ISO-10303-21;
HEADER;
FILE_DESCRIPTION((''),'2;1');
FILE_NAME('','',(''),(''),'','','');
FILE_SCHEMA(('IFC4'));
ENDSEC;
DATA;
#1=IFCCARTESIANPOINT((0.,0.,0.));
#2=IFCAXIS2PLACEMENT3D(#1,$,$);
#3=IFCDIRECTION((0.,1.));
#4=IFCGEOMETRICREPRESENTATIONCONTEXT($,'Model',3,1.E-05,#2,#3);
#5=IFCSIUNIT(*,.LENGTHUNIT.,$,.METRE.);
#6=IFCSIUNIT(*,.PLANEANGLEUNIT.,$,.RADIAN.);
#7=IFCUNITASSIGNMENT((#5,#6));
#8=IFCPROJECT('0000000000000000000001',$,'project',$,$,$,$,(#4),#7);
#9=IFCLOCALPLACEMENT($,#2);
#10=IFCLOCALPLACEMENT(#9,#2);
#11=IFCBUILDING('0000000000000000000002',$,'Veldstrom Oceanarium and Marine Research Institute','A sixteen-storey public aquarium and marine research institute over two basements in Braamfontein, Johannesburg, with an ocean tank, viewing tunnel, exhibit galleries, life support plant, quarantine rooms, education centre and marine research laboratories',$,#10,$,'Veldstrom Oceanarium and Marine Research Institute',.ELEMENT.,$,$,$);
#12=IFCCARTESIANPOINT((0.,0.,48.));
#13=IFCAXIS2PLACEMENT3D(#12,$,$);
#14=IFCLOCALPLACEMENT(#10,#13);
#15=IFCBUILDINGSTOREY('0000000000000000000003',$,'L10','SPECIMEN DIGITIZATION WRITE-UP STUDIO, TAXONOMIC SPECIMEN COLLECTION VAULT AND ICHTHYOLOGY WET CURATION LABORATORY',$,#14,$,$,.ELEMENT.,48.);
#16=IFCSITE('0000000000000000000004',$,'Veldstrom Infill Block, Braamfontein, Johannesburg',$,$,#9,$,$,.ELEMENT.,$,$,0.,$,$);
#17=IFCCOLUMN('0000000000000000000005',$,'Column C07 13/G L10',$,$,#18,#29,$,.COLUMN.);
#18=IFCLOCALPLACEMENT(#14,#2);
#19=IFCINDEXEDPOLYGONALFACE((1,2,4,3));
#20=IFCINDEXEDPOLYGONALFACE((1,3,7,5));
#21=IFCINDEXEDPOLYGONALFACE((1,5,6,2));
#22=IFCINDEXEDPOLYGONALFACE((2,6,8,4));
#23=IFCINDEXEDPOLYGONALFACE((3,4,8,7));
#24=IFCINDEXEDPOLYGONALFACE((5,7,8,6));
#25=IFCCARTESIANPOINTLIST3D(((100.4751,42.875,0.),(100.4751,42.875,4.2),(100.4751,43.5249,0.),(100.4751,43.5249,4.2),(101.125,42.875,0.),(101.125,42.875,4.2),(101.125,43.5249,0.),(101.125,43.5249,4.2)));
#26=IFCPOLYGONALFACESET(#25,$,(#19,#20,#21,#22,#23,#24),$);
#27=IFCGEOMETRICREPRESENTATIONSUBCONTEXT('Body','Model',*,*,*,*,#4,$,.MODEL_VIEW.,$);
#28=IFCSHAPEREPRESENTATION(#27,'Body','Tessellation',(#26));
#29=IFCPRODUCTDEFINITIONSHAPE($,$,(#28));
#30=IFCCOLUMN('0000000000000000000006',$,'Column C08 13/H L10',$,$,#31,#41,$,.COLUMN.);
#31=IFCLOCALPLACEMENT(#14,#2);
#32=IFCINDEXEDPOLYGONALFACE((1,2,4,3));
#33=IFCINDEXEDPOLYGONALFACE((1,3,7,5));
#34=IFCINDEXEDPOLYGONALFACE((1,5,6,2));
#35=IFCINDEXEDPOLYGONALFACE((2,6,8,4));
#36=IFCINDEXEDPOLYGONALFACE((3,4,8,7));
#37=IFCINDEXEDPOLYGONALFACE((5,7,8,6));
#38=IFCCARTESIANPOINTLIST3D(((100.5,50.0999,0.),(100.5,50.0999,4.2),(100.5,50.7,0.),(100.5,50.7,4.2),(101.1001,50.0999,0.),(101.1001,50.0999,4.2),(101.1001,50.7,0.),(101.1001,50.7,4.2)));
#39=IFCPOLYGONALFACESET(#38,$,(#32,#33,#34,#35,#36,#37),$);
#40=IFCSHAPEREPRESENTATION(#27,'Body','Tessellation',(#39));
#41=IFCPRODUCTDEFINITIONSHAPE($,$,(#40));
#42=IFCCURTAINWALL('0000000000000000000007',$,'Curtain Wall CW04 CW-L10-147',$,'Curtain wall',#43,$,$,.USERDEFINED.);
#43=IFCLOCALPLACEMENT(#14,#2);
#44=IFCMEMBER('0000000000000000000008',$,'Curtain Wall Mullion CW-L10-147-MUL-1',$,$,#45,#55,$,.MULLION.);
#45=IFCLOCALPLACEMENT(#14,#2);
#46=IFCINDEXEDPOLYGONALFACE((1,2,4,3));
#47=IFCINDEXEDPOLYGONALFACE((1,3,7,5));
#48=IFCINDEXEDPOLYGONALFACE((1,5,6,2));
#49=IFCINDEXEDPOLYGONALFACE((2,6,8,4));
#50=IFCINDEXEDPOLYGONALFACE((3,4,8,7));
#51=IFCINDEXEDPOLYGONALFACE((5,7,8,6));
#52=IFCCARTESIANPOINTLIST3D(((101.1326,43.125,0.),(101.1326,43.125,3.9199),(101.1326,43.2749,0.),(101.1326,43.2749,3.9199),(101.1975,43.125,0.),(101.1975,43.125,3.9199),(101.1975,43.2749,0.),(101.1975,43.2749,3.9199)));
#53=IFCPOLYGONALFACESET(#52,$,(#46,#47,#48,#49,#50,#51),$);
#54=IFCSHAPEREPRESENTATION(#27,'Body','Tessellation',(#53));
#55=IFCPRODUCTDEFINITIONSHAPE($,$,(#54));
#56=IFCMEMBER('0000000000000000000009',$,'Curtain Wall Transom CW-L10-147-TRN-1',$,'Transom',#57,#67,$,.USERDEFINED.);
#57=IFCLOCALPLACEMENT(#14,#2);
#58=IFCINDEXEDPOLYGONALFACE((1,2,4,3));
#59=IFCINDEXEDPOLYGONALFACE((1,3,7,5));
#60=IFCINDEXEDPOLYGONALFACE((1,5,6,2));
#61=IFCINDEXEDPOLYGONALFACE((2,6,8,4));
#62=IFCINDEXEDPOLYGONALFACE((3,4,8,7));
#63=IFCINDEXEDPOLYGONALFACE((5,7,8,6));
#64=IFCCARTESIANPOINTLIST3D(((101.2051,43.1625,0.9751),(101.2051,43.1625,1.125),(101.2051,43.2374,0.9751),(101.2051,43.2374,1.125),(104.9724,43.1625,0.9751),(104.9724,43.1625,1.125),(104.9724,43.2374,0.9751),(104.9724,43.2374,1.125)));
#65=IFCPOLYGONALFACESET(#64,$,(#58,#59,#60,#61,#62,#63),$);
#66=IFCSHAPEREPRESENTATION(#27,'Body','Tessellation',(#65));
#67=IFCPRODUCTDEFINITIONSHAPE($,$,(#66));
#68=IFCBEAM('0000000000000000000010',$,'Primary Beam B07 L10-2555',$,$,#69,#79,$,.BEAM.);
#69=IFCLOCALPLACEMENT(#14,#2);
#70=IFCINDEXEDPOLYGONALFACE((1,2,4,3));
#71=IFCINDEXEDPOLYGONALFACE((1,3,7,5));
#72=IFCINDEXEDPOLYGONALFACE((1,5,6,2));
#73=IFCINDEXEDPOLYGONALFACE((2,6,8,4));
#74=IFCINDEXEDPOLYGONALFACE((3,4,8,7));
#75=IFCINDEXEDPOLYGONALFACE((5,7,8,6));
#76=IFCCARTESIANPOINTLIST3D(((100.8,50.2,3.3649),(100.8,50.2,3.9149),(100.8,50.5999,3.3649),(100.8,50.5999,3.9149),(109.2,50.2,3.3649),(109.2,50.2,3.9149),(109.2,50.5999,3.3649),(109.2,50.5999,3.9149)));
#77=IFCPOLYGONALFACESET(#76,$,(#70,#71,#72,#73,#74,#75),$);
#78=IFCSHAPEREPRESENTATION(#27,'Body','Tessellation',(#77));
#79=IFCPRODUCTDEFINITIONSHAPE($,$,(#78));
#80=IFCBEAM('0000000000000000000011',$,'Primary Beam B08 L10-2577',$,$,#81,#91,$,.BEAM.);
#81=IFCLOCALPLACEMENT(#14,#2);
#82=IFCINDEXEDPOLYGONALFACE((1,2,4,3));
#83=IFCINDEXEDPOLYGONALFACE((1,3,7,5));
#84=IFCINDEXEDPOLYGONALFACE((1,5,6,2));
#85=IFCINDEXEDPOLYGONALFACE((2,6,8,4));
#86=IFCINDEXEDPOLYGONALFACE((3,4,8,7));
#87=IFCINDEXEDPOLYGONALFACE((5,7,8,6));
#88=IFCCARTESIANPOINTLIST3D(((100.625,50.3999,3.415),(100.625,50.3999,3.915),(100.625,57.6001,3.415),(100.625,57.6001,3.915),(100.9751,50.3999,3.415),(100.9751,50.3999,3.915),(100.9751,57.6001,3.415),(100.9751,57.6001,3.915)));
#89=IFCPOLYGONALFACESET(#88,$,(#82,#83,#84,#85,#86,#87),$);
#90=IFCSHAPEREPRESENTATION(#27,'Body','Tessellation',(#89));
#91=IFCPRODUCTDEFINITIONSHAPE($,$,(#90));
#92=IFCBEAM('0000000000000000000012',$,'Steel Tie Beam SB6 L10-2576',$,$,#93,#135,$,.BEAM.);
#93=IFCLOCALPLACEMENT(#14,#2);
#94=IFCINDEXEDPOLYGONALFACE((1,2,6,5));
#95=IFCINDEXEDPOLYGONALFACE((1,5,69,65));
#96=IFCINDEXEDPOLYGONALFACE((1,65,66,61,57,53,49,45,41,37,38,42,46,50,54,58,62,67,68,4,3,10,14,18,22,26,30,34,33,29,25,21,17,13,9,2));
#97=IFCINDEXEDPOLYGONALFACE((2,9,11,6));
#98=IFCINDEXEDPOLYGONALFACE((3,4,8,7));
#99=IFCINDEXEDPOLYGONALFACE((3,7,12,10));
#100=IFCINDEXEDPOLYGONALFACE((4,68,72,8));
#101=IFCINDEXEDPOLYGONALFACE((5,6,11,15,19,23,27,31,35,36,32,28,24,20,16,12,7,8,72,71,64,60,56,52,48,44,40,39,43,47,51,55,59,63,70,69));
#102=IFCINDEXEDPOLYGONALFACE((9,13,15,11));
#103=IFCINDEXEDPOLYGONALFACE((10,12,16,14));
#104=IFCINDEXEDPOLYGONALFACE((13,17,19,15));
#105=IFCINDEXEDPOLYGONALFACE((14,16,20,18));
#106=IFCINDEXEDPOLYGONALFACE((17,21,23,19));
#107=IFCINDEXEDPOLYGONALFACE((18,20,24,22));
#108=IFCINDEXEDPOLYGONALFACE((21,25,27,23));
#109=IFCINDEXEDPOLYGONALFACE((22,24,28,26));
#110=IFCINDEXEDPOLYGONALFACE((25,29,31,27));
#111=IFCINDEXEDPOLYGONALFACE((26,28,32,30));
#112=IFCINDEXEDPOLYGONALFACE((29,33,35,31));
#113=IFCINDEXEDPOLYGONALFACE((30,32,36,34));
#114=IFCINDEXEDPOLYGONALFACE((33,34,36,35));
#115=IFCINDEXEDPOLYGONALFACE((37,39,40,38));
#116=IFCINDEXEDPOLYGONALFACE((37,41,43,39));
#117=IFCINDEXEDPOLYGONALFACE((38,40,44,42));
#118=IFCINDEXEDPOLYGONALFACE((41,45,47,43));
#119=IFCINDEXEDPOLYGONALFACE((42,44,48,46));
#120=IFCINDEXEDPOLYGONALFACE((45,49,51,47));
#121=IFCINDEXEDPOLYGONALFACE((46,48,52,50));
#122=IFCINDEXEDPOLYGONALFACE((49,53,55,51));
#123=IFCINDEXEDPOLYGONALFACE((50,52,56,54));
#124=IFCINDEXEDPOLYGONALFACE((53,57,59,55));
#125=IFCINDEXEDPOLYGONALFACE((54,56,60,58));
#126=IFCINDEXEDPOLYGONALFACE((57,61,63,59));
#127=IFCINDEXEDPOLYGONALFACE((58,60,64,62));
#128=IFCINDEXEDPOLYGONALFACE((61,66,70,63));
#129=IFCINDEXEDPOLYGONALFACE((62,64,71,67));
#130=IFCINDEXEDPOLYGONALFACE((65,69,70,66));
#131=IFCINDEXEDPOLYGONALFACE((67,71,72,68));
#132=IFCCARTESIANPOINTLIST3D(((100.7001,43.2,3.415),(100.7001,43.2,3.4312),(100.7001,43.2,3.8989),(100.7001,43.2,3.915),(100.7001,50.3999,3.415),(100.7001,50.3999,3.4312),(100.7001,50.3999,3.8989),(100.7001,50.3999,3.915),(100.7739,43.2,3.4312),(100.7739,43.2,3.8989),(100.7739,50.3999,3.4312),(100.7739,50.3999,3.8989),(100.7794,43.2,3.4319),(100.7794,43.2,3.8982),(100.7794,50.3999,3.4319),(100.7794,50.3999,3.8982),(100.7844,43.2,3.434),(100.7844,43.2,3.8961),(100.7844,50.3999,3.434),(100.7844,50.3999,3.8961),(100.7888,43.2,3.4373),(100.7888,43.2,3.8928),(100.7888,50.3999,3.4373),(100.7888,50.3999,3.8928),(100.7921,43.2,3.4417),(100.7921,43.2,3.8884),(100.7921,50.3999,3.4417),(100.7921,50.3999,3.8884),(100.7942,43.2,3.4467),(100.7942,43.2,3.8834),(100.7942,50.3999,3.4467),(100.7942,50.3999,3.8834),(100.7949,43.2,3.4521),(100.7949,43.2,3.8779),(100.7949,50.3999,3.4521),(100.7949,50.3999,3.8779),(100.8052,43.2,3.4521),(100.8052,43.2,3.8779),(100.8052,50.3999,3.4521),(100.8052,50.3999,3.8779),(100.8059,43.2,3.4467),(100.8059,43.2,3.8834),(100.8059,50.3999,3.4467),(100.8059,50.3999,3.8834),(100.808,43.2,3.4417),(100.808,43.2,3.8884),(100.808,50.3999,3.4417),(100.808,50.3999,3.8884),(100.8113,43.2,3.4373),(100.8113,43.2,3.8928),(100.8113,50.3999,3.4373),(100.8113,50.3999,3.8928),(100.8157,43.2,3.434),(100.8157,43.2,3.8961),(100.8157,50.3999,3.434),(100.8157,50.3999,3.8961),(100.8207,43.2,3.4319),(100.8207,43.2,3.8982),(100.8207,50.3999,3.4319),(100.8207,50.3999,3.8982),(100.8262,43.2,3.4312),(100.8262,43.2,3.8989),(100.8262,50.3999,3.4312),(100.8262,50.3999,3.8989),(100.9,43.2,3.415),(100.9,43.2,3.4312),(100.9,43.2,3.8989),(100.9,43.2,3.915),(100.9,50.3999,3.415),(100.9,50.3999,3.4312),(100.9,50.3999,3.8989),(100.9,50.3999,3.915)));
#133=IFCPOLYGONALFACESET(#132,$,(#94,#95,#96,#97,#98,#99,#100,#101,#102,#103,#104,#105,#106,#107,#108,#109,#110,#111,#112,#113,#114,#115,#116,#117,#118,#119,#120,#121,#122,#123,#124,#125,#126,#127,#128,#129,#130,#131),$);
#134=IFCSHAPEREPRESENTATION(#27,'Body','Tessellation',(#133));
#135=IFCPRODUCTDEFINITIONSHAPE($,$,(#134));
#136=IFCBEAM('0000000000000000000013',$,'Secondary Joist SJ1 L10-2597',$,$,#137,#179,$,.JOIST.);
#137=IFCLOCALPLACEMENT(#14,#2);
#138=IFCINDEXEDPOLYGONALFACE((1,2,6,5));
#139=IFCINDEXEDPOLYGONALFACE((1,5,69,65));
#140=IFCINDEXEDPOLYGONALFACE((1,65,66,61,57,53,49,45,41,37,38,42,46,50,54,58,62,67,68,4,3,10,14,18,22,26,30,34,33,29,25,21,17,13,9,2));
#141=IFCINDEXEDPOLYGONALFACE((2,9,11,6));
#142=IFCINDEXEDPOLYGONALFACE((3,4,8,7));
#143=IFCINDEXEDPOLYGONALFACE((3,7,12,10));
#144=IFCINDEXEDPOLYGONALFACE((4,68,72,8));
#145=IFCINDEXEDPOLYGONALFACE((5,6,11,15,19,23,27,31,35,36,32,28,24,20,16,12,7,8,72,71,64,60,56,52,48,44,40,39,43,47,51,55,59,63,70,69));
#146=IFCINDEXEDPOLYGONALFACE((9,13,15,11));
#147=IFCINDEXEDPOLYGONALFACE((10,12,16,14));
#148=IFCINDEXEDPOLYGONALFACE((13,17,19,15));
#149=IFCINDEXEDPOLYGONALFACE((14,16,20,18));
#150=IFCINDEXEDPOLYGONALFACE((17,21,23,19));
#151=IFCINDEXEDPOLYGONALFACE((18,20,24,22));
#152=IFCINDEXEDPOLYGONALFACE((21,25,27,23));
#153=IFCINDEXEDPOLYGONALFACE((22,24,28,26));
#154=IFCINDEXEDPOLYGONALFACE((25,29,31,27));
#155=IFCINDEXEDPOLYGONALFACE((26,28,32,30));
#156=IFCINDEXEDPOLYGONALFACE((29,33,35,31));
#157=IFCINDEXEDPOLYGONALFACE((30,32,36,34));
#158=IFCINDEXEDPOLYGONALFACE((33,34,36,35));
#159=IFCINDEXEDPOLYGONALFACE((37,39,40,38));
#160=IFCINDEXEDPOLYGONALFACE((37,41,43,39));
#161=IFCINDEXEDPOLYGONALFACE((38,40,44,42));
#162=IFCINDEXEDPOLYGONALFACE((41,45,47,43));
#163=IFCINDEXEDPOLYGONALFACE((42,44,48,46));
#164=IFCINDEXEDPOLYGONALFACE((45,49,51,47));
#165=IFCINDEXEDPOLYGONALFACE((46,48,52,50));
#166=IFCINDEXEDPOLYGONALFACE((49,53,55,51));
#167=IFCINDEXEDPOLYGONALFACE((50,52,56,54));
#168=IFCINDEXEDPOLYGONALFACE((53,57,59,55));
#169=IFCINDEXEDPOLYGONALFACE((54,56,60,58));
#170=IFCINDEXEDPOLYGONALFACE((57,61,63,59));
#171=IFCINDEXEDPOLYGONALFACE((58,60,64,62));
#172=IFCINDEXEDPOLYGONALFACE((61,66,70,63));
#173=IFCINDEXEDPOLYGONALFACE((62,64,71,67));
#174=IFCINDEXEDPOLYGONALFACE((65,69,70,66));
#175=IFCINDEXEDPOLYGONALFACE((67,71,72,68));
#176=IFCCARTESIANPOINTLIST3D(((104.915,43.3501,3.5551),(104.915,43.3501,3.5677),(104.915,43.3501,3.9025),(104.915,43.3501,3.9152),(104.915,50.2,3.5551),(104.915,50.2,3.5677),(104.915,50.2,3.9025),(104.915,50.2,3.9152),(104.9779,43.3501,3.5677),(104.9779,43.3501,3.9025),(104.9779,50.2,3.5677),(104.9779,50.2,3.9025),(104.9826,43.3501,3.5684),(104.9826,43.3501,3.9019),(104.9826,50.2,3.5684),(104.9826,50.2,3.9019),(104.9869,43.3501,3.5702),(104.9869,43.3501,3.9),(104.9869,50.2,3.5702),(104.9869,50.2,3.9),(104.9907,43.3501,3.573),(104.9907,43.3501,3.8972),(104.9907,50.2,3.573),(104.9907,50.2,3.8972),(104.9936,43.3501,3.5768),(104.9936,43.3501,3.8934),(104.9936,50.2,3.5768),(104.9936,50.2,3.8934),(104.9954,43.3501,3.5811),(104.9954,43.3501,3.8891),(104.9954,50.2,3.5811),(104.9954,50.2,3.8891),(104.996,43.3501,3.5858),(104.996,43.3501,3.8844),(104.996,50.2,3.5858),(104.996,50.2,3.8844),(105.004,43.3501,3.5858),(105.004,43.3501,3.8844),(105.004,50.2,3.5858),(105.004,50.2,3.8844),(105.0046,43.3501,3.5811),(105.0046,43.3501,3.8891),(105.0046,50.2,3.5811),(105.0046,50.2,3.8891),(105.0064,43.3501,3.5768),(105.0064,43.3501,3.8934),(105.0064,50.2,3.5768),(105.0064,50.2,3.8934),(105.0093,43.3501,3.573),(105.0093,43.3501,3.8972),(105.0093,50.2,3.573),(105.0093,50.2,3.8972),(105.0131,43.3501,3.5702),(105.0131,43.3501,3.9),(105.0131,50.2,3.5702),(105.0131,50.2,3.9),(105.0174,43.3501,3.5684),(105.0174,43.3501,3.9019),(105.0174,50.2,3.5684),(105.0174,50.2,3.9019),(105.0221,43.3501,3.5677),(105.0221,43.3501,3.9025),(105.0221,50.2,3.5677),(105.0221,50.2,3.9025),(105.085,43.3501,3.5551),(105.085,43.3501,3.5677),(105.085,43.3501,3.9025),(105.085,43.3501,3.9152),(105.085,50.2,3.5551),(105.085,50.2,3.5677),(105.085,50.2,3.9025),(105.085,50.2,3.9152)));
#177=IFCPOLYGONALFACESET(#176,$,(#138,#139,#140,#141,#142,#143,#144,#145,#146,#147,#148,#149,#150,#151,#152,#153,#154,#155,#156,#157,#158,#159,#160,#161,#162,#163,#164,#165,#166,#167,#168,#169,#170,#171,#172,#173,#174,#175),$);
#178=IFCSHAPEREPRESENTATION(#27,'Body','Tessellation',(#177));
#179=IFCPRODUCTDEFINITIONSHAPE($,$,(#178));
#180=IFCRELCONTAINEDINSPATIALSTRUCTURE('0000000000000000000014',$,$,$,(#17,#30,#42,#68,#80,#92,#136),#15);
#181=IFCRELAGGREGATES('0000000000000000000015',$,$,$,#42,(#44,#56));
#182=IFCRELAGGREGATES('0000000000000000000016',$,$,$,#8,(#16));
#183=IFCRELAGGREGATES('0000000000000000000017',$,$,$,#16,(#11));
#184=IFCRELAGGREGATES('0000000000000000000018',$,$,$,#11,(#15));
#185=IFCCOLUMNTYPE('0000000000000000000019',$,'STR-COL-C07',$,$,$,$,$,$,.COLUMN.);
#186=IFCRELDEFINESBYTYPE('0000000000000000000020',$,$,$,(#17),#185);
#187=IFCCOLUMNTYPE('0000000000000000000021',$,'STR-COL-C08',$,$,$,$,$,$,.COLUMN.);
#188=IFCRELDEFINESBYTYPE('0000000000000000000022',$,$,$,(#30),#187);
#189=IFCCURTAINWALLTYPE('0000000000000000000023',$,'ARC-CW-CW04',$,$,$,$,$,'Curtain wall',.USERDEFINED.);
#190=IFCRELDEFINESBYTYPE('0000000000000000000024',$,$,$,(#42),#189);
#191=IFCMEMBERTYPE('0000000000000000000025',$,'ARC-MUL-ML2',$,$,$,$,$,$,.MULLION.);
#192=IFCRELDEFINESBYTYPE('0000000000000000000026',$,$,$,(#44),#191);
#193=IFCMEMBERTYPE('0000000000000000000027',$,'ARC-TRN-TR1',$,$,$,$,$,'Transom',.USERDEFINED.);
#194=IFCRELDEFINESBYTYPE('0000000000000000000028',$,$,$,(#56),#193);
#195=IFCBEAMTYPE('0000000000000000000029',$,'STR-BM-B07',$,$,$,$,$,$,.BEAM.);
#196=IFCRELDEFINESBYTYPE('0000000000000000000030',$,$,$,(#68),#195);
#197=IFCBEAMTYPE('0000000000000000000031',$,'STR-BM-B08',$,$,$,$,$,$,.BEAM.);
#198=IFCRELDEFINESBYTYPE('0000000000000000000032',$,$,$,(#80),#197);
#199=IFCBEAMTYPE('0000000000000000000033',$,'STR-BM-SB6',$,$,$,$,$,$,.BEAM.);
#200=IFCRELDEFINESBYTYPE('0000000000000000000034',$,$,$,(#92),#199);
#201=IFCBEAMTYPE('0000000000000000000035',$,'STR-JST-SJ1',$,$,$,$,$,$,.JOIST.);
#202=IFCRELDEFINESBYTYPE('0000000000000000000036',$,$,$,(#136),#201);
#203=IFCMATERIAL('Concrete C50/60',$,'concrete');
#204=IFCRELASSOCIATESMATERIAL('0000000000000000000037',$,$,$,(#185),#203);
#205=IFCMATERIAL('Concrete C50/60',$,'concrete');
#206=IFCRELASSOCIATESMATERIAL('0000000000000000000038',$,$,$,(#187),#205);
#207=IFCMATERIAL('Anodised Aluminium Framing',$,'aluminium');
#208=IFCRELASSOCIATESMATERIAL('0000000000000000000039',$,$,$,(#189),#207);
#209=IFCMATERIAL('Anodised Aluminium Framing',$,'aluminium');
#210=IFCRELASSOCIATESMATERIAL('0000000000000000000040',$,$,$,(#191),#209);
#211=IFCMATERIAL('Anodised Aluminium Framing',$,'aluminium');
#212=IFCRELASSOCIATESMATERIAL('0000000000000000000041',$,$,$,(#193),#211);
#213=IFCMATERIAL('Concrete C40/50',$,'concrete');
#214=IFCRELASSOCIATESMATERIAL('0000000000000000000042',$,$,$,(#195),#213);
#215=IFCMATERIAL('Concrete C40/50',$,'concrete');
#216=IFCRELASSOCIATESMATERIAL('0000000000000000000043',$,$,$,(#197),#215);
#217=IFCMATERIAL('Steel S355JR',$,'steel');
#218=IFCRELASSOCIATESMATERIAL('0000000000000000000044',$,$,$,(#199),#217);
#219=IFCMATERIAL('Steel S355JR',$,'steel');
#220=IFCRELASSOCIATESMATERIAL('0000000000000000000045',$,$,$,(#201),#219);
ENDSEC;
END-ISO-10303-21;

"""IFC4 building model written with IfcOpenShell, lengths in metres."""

from ifc_helpers import new_model, si_unit, direction, frame, origin, origin_2d, place, context, subcontext, project, spatial, rectangle, i_section, extrude, material, material_profile, profile_set, type_object, element, aggregate, save


model = new_model("IFC4")

# Units and contexts
model_context = context("Model", 3, precision=1e-05, world=origin(), true_north=direction((0.0, 1.0)))
body_context = subcontext(model_context, "Body", "Model", "MODEL_VIEW")
ifc_project = project(units=[si_unit("LENGTHUNIT", "METRE"), si_unit("PLANEANGLEUNIT", "RADIAN")], contexts=[model_context])

# Site, building, storey
site_placement = place(None, origin())
site = spatial("IfcSite", under=ifc_project, at=site_placement, Name="Veldstrom Infill Block, Braamfontein, Johannesburg", CompositionType="ELEMENT", RefElevation=0.0)
building_placement = place(site_placement, origin())
building = spatial("IfcBuilding", under=site, at=building_placement, Name="Veldstrom Oceanarium and Marine Research Institute", Description="A sixteen-storey public aquarium and marine research institute over two basements in Braamfontein, Johannesburg, with an ocean tank, viewing tunnel, exhibit galleries, life support plant, quarantine rooms, education centre and marine research laboratories", LongName="Veldstrom Oceanarium and Marine Research Institute", CompositionType="ELEMENT")
storey_placement = place(building_placement, frame((0.0, 0.0, 48.0)))
storey = spatial("IfcBuildingStorey", under=building, at=storey_placement, Name="L10", Description="SPECIMEN DIGITIZATION WRITE-UP STUDIO, TAXONOMIC SPECIMEN COLLECTION VAULT AND ICHTHYOLOGY WET CURATION LABORATORY", CompositionType="ELEMENT", Elevation=48.0)

# Columns
ifc_material_1 = material(Name="Concrete C50/60", Category="concrete")
ifc_material_profile_1 = material_profile(ifc_material_1, rectangle(XDim=0.6499, YDim=0.6499, at=origin_2d()), Name="RC-COL-650x650")
ifc_profile_set_1 = profile_set([ifc_material_profile_1], Name="Concrete C50/60")
column_type_1 = type_object("IfcColumnType", Name="STR-COL-C07", PredefinedType="COLUMN", material=ifc_profile_set_1)
column_1_placement = place(storey_placement, frame((100.8, 43.2, 0.0), z_axis=(0.0, 0.0, 1.0), x_axis=(1.0, 0.0, 0.0)))
element("IfcColumn", 1, at=column_1_placement, inside=storey, type_object=column_type_1, Name="Column C07 13/G L10", PredefinedType="COLUMN", context=body_context, shape_type="SweptSolid", body=[
    extrude(rectangle(XDim=0.6499, YDim=0.6499, at=origin_2d()), origin(), (0.0, 0.0, 1.0), 4.2),
])
ifc_material_2 = material(Name="Concrete C50/60", Category="concrete")
ifc_material_profile_2 = material_profile(ifc_material_2, rectangle(XDim=0.6001, YDim=0.6001, at=origin_2d()), Name="RC-COL-600x600")
ifc_profile_set_2 = profile_set([ifc_material_profile_2], Name="Concrete C50/60")
column_type_2 = type_object("IfcColumnType", Name="STR-COL-C08", PredefinedType="COLUMN", material=ifc_profile_set_2)
column_2_placement = place(storey_placement, frame((100.8, 50.3999, 0.0), z_axis=(0.0, 0.0, 1.0), x_axis=(1.0, 0.0, 0.0)))
element("IfcColumn", 2, at=column_2_placement, inside=storey, type_object=column_type_2, Name="Column C08 13/H L10", PredefinedType="COLUMN", context=body_context, shape_type="SweptSolid", body=[
    extrude(rectangle(XDim=0.6001, YDim=0.6001, at=origin_2d()), origin(), (0.0, 0.0, 1.0), 4.2),
])

# Curtain wall, members
ifc_material_3 = material(Name="Anodised Aluminium Framing", Category="aluminium")
curtain_wall_type = type_object("IfcCurtainWallType", Name="ARC-CW-CW04", ElementType="Curtain wall", PredefinedType="USERDEFINED", material=ifc_material_3)
curtain_wall_placement = place(storey_placement, origin())
curtain_wall = element("IfcCurtainWall", 3, at=curtain_wall_placement, inside=storey, type_object=curtain_wall_type, Name="Curtain Wall CW04 CW-L10-147", ObjectType="Curtain wall", PredefinedType="USERDEFINED")
ifc_material_4 = material(Name="Anodised Aluminium Framing", Category="aluminium")
ifc_material_profile_3 = material_profile(ifc_material_4, rectangle(XDim=0.0649, YDim=0.1499, at=origin_2d()), Name="ALU-MUL-65x150")
ifc_profile_set_3 = profile_set([ifc_material_profile_3], Name="Anodised Aluminium Framing")
member_type_1 = type_object("IfcMemberType", Name="ARC-MUL-ML2", PredefinedType="MULLION", material=ifc_profile_set_3)
member_1_placement = place(storey_placement, frame((101.165, 43.2, 0.0), z_axis=(0.0, 0.0, 1.0), x_axis=(1.0, 0.0, 0.0)))
member_1 = element("IfcMember", 4, at=member_1_placement, type_object=member_type_1, Name="Curtain Wall Mullion CW-L10-147-MUL-1", PredefinedType="MULLION", context=body_context, shape_type="SweptSolid", body=[
    extrude(rectangle(XDim=0.0649, YDim=0.1499, at=origin_2d()), origin(), (0.0, 0.0, 1.0), 3.9199),
])
ifc_material_5 = material(Name="Anodised Aluminium Framing", Category="aluminium")
ifc_material_profile_4 = material_profile(ifc_material_5, rectangle(XDim=0.075, YDim=0.1499, at=origin_2d()), Name="ALU-TRN-75x150")
ifc_profile_set_4 = profile_set([ifc_material_profile_4], Name="Anodised Aluminium Framing")
member_type_2 = type_object("IfcMemberType", Name="ARC-TRN-TR1", ElementType="Transom", PredefinedType="USERDEFINED", material=ifc_profile_set_4)
member_2_placement = place(storey_placement, frame((101.2051, 43.2, 1.05), z_axis=(1.0, 0.0, 0.0), x_axis=(0.0, 1.0, 0.0)))
member_2 = element("IfcMember", 5, at=member_2_placement, type_object=member_type_2, Name="Curtain Wall Transom CW-L10-147-TRN-1", ObjectType="Transom", PredefinedType="USERDEFINED", context=body_context, shape_type="SweptSolid", body=[
    extrude(rectangle(XDim=0.075, YDim=0.1499, at=origin_2d()), origin(), (0.0, 0.0, 1.0), 3.7673),
])

# Beams
ifc_material_6 = material(Name="Concrete C40/50", Category="concrete")
ifc_material_profile_5 = material_profile(ifc_material_6, rectangle(XDim=0.3999, YDim=0.55, at=origin_2d()), Name="RC-BM-400x550")
ifc_profile_set_5 = profile_set([ifc_material_profile_5], Name="Concrete C40/50")
beam_type_1 = type_object("IfcBeamType", Name="STR-BM-B07", PredefinedType="BEAM", material=ifc_profile_set_5)
beam_1_placement = place(storey_placement, frame((100.8, 50.3999, 3.6399), z_axis=(1.0, 0.0, 0.0), x_axis=(0.0, 1.0, 0.0)))
element("IfcBeam", 6, at=beam_1_placement, inside=storey, type_object=beam_type_1, Name="Primary Beam B07 L10-2555", PredefinedType="BEAM", context=body_context, shape_type="SweptSolid", body=[
    extrude(rectangle(XDim=0.3999, YDim=0.55, at=origin_2d()), origin(), (0.0, 0.0, 1.0), 8.3999),
])
ifc_material_7 = material(Name="Concrete C40/50", Category="concrete")
ifc_material_profile_6 = material_profile(ifc_material_7, rectangle(XDim=0.3501, YDim=0.5, at=origin_2d()), Name="RC-BM-350x500")
ifc_profile_set_6 = profile_set([ifc_material_profile_6], Name="Concrete C40/50")
beam_type_2 = type_object("IfcBeamType", Name="STR-BM-B08", PredefinedType="BEAM", material=ifc_profile_set_6)
beam_2_placement = place(storey_placement, frame((100.8, 50.3999, 3.665), z_axis=(0.0, 1.0, 0.0), x_axis=(-1.0, 0.0, 0.0)))
element("IfcBeam", 7, at=beam_2_placement, inside=storey, type_object=beam_type_2, Name="Primary Beam B08 L10-2577", PredefinedType="BEAM", context=body_context, shape_type="SweptSolid", body=[
    extrude(rectangle(XDim=0.3501, YDim=0.5, at=origin_2d()), origin(), (0.0, 0.0, 1.0), 7.2002),
])
ifc_material_8 = material(Name="Steel S355JR", Category="steel")
ifc_material_profile_7 = material_profile(ifc_material_8, i_section(OverallWidth=0.2, OverallDepth=0.5, WebThickness=0.0103, FlangeThickness=0.0161, FilletRadius=0.021, at=origin_2d()), Name="IPE 500")
ifc_profile_set_7 = profile_set([ifc_material_profile_7], Name="Steel S355JR")
beam_type_3 = type_object("IfcBeamType", Name="STR-BM-SB6", PredefinedType="BEAM", material=ifc_profile_set_7)
beam_3_placement = place(storey_placement, frame((100.8, 43.2, 3.665), z_axis=(0.0, 1.0, 0.0), x_axis=(-1.0, 0.0, 0.0)))
element("IfcBeam", 8, at=beam_3_placement, inside=storey, type_object=beam_type_3, Name="Steel Tie Beam SB6 L10-2576", PredefinedType="BEAM", context=body_context, shape_type="SweptSolid", body=[
    extrude(i_section(OverallWidth=0.2, OverallDepth=0.5, WebThickness=0.0103, FlangeThickness=0.0161, FilletRadius=0.021, at=origin_2d()), origin(), (0.0, 0.0, 1.0), 7.2),
])
ifc_material_9 = material(Name="Steel S355JR", Category="steel")
ifc_material_profile_8 = material_profile(ifc_material_9, i_section(OverallWidth=0.1699, OverallDepth=0.3601, WebThickness=0.0081, FlangeThickness=0.0127, FilletRadius=0.0181, at=origin_2d()), Name="IPE 360")
ifc_profile_set_8 = profile_set([ifc_material_profile_8], Name="Steel S355JR")
beam_type_4 = type_object("IfcBeamType", Name="STR-JST-SJ1", PredefinedType="JOIST", material=ifc_profile_set_8)
beam_4_placement = place(storey_placement, frame((105.0, 43.3501, 3.7351), z_axis=(0.0, 1.0, 0.0), x_axis=(-1.0, 0.0, 0.0)))
element("IfcBeam", 9, at=beam_4_placement, inside=storey, type_object=beam_type_4, Name="Secondary Joist SJ1 L10-2597", PredefinedType="JOIST", context=body_context, shape_type="SweptSolid", body=[
    extrude(i_section(OverallWidth=0.1699, OverallDepth=0.3601, WebThickness=0.0081, FlangeThickness=0.0127, FilletRadius=0.0181, at=origin_2d()), origin(), (0.0, 0.0, 1.0), 6.8499),
])

aggregate(curtain_wall, [member_1, member_2])

save(model, "model.ifc")
